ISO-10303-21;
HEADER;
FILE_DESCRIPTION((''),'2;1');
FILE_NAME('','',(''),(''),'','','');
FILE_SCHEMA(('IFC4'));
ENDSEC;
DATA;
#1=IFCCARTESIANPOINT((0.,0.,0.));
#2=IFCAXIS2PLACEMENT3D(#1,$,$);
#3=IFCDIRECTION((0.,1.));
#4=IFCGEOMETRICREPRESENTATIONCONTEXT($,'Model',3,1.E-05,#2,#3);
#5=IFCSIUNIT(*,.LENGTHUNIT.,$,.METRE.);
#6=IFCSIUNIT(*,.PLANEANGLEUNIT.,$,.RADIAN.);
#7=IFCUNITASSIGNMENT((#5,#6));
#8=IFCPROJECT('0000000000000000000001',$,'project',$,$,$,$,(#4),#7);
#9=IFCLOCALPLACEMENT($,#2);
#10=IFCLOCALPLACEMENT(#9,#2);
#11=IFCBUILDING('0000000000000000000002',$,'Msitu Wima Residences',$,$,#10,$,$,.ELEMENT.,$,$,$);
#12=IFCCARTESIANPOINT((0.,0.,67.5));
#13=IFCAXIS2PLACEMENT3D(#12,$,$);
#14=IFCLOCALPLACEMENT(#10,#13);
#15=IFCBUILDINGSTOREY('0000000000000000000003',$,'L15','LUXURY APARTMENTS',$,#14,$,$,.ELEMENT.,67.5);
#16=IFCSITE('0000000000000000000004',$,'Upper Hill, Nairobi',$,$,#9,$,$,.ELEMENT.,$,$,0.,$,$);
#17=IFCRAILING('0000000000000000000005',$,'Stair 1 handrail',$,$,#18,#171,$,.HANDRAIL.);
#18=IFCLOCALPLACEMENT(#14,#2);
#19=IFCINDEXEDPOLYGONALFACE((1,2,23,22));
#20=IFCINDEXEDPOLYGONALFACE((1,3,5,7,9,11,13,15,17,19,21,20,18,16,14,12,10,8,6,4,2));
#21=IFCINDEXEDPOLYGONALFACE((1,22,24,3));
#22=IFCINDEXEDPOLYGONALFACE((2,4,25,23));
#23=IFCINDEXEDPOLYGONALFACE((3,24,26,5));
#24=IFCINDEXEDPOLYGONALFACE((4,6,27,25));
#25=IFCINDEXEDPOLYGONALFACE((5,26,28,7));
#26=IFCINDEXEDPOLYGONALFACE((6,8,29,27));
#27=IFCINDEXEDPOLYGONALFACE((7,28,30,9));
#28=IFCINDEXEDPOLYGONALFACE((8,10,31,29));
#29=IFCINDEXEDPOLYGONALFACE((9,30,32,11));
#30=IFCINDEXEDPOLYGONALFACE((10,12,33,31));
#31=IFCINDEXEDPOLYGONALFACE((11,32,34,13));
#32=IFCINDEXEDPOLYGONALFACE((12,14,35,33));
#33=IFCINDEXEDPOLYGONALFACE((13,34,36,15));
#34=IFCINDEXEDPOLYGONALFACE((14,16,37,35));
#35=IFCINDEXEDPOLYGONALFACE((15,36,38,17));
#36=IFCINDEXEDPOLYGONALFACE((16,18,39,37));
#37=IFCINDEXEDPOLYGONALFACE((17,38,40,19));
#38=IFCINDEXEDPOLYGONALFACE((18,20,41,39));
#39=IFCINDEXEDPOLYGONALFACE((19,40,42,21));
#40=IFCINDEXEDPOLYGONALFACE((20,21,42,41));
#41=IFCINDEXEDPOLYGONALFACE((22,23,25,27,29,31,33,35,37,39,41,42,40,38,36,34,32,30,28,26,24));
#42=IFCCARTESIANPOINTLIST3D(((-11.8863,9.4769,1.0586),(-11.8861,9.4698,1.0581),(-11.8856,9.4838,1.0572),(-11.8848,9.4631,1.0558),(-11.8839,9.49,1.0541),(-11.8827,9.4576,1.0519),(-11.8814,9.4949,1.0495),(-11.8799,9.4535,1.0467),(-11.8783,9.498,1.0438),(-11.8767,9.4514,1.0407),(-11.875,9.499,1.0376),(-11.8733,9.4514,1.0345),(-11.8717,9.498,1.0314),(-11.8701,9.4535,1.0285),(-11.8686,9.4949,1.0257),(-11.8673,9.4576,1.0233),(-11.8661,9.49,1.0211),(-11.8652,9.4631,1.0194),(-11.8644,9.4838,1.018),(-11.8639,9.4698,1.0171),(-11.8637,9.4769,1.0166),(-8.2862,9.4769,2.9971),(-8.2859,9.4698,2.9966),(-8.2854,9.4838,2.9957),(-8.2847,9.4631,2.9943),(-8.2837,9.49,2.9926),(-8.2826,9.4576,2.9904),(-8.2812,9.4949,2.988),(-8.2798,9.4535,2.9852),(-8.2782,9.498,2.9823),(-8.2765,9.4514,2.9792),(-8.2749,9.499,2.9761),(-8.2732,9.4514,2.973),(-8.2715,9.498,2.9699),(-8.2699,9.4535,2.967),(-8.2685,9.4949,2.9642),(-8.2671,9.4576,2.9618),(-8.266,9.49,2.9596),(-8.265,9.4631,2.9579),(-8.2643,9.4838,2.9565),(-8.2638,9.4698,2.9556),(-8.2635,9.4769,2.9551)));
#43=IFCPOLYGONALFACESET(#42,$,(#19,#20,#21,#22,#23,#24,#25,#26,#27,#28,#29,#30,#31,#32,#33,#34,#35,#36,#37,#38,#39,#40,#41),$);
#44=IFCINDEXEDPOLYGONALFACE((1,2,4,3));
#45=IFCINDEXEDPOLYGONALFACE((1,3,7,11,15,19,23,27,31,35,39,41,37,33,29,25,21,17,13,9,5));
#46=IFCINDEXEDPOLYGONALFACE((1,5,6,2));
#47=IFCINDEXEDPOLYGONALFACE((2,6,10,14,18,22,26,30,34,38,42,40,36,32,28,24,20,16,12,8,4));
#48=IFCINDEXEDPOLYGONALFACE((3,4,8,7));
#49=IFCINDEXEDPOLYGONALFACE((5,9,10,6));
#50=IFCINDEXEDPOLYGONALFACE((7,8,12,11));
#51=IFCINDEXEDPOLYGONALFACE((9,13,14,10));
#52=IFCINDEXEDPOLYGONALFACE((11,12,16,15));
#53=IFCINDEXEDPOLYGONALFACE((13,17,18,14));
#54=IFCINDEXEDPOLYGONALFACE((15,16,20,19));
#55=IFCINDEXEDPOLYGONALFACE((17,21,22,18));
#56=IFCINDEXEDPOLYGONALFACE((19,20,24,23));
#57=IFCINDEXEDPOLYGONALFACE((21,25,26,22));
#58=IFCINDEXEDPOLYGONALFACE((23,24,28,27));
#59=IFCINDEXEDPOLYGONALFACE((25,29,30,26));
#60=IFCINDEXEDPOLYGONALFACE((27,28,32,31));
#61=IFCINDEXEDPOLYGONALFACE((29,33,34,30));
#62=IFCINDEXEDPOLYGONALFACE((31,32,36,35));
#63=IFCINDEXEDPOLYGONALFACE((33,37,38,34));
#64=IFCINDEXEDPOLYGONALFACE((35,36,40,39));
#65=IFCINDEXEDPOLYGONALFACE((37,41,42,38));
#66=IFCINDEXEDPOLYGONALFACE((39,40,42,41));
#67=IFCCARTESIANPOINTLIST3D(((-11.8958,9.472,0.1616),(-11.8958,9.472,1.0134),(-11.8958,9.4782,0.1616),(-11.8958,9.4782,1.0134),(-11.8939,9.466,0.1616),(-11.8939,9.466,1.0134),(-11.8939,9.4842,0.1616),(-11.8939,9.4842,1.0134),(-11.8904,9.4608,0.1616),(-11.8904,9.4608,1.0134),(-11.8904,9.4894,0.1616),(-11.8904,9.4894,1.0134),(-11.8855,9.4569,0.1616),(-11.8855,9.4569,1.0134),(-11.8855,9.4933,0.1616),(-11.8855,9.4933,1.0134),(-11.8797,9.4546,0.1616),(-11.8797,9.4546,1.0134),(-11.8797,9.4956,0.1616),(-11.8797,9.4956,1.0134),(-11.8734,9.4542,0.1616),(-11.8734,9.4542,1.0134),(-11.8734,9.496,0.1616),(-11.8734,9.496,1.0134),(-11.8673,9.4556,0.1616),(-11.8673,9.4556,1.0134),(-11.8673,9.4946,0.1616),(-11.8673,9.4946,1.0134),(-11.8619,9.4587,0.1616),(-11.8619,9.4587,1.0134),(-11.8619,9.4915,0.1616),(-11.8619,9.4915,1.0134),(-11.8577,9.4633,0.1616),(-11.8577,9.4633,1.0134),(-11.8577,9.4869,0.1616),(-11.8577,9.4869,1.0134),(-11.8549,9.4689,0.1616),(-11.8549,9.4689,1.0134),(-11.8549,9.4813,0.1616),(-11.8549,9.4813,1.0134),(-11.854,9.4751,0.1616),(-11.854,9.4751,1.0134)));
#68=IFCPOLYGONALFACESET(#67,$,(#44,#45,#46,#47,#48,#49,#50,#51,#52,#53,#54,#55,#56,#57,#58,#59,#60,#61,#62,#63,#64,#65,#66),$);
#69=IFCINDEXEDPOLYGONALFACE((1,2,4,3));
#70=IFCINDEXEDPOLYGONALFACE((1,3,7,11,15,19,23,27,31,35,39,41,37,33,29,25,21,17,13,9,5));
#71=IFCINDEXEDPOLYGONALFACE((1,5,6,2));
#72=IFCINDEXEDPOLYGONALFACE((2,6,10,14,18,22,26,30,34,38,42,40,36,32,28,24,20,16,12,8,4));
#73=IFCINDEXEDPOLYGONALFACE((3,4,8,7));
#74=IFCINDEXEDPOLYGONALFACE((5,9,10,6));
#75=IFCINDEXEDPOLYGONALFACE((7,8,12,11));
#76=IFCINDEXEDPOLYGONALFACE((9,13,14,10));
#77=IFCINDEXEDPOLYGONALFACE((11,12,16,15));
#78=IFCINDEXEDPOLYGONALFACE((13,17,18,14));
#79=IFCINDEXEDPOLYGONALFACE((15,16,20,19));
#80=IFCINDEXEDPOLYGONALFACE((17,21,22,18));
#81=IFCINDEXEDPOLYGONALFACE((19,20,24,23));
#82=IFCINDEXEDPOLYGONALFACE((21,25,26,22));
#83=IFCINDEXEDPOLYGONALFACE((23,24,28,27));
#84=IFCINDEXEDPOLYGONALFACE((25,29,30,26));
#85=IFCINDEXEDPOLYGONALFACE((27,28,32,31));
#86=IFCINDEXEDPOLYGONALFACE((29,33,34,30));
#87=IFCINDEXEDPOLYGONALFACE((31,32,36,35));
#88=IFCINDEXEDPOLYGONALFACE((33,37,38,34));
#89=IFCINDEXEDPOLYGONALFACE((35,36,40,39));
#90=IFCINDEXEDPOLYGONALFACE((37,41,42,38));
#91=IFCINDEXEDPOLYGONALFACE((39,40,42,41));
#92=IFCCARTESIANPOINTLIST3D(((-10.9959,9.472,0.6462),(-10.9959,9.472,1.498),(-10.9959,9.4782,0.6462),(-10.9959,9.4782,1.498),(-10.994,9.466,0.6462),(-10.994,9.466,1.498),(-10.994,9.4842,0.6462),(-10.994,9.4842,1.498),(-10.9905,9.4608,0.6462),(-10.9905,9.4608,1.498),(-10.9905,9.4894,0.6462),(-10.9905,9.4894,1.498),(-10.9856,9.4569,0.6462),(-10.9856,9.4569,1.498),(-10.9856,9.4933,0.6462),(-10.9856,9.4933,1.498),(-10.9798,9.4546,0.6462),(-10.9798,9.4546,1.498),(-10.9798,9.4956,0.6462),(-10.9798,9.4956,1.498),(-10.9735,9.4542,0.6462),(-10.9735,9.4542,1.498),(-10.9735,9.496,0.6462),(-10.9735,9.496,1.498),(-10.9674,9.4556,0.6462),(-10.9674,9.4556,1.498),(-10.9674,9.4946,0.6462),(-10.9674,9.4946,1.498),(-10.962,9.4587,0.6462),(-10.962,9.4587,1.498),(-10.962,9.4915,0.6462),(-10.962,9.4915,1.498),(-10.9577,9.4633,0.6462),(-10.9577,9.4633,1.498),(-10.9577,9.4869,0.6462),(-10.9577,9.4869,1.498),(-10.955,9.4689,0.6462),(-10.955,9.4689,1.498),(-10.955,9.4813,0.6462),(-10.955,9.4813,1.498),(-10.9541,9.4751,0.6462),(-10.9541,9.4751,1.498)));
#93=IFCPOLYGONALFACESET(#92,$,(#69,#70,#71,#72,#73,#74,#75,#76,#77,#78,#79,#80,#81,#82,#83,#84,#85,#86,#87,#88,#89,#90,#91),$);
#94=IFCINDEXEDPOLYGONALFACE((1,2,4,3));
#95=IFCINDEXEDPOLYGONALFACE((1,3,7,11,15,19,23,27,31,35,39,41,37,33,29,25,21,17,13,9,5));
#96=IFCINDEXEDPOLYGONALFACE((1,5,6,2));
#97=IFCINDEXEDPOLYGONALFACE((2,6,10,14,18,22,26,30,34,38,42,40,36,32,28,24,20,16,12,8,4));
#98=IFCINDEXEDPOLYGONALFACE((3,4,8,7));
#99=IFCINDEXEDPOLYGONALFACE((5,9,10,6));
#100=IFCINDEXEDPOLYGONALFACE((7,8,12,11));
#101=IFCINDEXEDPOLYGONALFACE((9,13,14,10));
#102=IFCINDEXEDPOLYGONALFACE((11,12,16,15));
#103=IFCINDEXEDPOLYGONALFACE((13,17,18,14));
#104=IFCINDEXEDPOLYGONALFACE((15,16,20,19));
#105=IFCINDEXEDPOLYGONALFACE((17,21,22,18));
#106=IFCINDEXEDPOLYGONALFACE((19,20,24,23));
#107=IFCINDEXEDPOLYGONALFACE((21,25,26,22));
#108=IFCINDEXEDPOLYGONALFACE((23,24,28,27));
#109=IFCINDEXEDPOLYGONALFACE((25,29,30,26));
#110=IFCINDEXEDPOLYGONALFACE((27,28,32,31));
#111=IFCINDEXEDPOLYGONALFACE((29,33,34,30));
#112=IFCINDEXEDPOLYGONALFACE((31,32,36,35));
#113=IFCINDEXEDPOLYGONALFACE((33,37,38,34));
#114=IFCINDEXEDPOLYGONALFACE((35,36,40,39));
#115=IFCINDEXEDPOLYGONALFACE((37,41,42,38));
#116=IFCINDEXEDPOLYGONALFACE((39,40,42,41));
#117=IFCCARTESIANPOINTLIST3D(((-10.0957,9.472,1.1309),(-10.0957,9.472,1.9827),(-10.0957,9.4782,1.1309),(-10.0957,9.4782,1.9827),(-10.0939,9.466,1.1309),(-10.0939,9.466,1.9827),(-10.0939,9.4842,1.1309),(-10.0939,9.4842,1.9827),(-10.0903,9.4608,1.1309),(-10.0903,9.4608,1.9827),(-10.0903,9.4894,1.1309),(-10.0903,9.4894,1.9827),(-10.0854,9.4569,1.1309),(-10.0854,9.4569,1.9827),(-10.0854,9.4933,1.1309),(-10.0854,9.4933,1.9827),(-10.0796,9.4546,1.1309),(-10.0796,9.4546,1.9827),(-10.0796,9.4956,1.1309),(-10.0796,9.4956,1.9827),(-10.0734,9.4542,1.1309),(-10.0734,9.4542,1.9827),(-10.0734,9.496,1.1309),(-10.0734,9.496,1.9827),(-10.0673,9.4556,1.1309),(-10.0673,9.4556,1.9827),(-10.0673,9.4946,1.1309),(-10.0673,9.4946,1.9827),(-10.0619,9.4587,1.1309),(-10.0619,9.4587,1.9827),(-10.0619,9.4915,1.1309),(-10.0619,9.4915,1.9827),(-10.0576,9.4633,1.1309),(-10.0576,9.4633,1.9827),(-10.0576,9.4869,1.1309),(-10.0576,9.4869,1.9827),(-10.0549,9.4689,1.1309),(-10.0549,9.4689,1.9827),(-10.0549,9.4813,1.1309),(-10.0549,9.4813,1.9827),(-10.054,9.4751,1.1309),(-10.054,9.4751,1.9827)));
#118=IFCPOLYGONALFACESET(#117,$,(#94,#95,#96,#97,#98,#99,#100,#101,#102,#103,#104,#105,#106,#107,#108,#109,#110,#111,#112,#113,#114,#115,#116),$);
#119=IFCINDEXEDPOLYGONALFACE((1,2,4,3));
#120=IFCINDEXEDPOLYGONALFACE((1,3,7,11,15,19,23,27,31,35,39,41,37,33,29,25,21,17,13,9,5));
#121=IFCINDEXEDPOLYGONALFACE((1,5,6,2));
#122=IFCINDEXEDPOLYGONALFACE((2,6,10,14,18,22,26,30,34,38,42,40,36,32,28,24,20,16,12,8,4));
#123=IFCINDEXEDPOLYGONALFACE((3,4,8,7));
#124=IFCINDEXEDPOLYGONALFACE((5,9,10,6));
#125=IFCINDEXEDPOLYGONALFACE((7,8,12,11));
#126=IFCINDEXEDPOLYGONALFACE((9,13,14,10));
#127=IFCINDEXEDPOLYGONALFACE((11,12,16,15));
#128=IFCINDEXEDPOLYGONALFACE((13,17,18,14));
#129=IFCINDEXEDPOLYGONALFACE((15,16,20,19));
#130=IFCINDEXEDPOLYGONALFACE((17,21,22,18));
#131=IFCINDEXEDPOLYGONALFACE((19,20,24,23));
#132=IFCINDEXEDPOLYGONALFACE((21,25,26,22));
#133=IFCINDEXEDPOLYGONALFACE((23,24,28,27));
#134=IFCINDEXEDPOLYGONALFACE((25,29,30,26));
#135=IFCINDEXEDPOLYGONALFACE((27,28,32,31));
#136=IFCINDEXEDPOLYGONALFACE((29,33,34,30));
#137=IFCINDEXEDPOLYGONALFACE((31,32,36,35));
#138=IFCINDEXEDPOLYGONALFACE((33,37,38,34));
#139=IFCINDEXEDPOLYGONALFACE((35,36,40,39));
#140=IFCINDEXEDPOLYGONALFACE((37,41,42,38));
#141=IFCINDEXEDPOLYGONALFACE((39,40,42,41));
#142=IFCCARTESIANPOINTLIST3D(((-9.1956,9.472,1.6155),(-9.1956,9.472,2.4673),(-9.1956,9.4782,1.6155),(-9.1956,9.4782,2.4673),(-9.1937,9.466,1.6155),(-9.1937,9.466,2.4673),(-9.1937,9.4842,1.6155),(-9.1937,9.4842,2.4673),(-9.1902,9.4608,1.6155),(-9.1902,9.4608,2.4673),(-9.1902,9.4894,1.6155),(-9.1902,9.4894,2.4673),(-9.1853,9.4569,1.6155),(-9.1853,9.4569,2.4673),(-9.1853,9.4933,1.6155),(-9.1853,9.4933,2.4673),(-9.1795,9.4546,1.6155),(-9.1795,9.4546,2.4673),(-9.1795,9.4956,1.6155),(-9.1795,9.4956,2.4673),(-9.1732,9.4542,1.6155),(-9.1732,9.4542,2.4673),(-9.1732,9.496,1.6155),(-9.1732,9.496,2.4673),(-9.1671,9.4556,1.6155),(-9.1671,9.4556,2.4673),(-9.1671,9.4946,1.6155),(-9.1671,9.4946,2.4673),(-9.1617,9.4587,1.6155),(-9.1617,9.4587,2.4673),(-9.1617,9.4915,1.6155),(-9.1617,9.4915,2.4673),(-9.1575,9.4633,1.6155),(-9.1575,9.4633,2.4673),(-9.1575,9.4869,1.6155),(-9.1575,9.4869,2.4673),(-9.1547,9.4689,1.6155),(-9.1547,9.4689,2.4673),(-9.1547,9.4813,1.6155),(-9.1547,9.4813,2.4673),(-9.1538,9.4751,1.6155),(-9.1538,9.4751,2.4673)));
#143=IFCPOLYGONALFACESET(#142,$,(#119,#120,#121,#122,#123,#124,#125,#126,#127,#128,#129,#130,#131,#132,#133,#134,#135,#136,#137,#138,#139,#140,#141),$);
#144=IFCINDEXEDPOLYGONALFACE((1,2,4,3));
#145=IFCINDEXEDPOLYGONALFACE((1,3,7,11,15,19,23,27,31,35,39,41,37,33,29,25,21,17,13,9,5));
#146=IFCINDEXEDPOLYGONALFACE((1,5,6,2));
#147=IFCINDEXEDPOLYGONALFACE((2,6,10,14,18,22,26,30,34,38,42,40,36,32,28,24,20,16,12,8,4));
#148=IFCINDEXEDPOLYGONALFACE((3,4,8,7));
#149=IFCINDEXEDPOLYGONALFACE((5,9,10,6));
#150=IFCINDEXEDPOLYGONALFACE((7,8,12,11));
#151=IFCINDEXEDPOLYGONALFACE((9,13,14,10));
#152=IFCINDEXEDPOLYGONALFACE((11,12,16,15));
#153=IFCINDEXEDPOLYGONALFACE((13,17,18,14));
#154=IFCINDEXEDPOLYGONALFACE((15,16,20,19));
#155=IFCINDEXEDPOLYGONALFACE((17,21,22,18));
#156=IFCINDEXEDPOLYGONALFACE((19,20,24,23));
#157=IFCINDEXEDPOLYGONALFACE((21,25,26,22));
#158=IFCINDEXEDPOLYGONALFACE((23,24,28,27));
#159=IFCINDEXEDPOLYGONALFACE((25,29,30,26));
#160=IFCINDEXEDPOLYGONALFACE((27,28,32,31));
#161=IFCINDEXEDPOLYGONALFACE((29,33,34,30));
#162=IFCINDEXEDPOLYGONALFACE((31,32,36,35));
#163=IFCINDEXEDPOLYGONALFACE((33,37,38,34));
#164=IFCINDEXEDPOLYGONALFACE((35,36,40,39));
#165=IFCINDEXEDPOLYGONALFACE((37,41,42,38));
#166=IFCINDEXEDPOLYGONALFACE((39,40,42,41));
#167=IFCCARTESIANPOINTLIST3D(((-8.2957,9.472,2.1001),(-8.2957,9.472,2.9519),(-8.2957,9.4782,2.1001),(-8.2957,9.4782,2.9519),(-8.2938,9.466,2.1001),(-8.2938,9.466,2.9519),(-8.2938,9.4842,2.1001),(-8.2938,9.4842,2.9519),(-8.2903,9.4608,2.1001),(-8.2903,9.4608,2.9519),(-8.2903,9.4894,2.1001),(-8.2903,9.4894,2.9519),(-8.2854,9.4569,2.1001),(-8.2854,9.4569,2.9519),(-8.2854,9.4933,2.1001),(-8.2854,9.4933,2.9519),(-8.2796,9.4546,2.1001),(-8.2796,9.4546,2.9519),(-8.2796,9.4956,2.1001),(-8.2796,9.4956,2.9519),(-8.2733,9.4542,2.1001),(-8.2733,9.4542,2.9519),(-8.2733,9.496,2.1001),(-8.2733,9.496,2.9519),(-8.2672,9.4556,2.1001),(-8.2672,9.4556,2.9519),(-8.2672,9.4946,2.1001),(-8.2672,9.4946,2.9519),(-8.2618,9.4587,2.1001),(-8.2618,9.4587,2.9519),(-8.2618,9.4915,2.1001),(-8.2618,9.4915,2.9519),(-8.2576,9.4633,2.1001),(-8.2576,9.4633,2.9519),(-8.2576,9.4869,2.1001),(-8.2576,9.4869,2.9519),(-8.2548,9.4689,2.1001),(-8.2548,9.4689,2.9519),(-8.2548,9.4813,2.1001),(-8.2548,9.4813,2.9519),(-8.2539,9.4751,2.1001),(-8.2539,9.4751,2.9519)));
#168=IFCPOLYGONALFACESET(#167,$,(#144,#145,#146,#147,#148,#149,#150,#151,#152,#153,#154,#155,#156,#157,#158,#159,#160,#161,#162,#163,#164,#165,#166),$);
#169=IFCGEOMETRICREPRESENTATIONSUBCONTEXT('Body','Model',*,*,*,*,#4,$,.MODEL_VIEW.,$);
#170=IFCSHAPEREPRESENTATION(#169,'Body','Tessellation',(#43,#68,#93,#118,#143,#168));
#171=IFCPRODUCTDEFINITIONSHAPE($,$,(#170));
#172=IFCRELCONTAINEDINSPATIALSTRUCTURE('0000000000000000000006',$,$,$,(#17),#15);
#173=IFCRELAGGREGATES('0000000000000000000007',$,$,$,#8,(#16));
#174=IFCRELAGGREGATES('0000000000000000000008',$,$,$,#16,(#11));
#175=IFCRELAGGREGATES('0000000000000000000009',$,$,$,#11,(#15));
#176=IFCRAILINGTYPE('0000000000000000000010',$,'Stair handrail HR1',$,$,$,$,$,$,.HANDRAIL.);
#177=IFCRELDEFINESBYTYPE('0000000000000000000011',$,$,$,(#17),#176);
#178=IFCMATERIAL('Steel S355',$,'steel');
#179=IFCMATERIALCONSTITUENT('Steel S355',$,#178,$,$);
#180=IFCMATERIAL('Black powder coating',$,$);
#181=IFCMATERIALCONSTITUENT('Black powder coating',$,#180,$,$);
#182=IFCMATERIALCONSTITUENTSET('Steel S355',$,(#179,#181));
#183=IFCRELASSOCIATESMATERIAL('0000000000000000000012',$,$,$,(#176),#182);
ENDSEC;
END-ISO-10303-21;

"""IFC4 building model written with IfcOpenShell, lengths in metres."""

from ifc_helpers import new_model, si_unit, direction, frame, origin, origin_2d, place, context, subcontext, project, spatial, circle, extrude, material, constituent, constituent_set, type_object, element, save


model = new_model("IFC4")

# Units and contexts
model_context = context("Model", 3, precision=1e-05, world=origin(), true_north=direction((0.0, 1.0)))
body_context = subcontext(model_context, "Body", "Model", "MODEL_VIEW")
ifc_project = project(units=[si_unit("LENGTHUNIT", "METRE"), si_unit("PLANEANGLEUNIT", "RADIAN")], contexts=[model_context])

# Site, building, storey
site_placement = place(None, origin())
site = spatial("IfcSite", under=ifc_project, at=site_placement, Name="Upper Hill, Nairobi", CompositionType="ELEMENT", RefElevation=0.0)
building_placement = place(site_placement, origin())
building = spatial("IfcBuilding", under=site, at=building_placement, Name="Msitu Wima Residences", CompositionType="ELEMENT")
storey_placement = place(building_placement, frame((0.0, 0.0, 67.5)))
storey = spatial("IfcBuildingStorey", under=building, at=storey_placement, Name="L15", Description="LUXURY APARTMENTS", CompositionType="ELEMENT", Elevation=67.5)

# Railing
ifc_material_1 = material(Name="Steel S355", Category="steel")
ifc_constituent_1 = constituent(ifc_material_1, Name="Steel S355")
ifc_material_2 = material(Name="Black powder coating")
ifc_constituent_2 = constituent(ifc_material_2, Name="Black powder coating")
ifc_constituent_set = constituent_set(constituents=[ifc_constituent_1, ifc_constituent_2], Name="Steel S355")
railing_type = type_object("IfcRailingType", Name="Stair handrail HR1", PredefinedType="HANDRAIL", material=ifc_constituent_set)
for number, where, name in (
    (1, (-11.875, 9.4751, 0.1616), "Stair 1 handrail"),
):
    element("IfcRailing", number, at=place(storey_placement, frame(where)), inside=storey, type_object=railing_type, Name=name, PredefinedType="HANDRAIL", context=body_context, shape_type="SweptSolid", body=[
        extrude(circle(Radius=0.0239, at=origin_2d()), frame((0.0, 0.0, 0.876), z_axis=(0.880475, 0.0, 0.474093), x_axis=(0.0, 1.0, 0.0)), (0.0, 0.0, 1.0), 4.0889),
        extrude(circle(Radius=0.021, at=origin_2d()), origin(), (0.0, 0.0, 1.0), 0.8518),
        extrude(circle(Radius=0.021, at=origin_2d()), frame((0.8999, 0.0, 0.4846)), (0.0, 0.0, 1.0), 0.8518),
        extrude(circle(Radius=0.021, at=origin_2d()), frame((1.8, 0.0, 0.9692)), (0.0, 0.0, 1.0), 0.8518),
        extrude(circle(Radius=0.021, at=origin_2d()), frame((2.7002, 0.0, 1.4539)), (0.0, 0.0, 1.0), 0.8518),
        extrude(circle(Radius=0.021, at=origin_2d()), frame((3.6001, 0.0, 1.9385)), (0.0, 0.0, 1.0), 0.8518),
    ])

save(model, "model.ifc")
